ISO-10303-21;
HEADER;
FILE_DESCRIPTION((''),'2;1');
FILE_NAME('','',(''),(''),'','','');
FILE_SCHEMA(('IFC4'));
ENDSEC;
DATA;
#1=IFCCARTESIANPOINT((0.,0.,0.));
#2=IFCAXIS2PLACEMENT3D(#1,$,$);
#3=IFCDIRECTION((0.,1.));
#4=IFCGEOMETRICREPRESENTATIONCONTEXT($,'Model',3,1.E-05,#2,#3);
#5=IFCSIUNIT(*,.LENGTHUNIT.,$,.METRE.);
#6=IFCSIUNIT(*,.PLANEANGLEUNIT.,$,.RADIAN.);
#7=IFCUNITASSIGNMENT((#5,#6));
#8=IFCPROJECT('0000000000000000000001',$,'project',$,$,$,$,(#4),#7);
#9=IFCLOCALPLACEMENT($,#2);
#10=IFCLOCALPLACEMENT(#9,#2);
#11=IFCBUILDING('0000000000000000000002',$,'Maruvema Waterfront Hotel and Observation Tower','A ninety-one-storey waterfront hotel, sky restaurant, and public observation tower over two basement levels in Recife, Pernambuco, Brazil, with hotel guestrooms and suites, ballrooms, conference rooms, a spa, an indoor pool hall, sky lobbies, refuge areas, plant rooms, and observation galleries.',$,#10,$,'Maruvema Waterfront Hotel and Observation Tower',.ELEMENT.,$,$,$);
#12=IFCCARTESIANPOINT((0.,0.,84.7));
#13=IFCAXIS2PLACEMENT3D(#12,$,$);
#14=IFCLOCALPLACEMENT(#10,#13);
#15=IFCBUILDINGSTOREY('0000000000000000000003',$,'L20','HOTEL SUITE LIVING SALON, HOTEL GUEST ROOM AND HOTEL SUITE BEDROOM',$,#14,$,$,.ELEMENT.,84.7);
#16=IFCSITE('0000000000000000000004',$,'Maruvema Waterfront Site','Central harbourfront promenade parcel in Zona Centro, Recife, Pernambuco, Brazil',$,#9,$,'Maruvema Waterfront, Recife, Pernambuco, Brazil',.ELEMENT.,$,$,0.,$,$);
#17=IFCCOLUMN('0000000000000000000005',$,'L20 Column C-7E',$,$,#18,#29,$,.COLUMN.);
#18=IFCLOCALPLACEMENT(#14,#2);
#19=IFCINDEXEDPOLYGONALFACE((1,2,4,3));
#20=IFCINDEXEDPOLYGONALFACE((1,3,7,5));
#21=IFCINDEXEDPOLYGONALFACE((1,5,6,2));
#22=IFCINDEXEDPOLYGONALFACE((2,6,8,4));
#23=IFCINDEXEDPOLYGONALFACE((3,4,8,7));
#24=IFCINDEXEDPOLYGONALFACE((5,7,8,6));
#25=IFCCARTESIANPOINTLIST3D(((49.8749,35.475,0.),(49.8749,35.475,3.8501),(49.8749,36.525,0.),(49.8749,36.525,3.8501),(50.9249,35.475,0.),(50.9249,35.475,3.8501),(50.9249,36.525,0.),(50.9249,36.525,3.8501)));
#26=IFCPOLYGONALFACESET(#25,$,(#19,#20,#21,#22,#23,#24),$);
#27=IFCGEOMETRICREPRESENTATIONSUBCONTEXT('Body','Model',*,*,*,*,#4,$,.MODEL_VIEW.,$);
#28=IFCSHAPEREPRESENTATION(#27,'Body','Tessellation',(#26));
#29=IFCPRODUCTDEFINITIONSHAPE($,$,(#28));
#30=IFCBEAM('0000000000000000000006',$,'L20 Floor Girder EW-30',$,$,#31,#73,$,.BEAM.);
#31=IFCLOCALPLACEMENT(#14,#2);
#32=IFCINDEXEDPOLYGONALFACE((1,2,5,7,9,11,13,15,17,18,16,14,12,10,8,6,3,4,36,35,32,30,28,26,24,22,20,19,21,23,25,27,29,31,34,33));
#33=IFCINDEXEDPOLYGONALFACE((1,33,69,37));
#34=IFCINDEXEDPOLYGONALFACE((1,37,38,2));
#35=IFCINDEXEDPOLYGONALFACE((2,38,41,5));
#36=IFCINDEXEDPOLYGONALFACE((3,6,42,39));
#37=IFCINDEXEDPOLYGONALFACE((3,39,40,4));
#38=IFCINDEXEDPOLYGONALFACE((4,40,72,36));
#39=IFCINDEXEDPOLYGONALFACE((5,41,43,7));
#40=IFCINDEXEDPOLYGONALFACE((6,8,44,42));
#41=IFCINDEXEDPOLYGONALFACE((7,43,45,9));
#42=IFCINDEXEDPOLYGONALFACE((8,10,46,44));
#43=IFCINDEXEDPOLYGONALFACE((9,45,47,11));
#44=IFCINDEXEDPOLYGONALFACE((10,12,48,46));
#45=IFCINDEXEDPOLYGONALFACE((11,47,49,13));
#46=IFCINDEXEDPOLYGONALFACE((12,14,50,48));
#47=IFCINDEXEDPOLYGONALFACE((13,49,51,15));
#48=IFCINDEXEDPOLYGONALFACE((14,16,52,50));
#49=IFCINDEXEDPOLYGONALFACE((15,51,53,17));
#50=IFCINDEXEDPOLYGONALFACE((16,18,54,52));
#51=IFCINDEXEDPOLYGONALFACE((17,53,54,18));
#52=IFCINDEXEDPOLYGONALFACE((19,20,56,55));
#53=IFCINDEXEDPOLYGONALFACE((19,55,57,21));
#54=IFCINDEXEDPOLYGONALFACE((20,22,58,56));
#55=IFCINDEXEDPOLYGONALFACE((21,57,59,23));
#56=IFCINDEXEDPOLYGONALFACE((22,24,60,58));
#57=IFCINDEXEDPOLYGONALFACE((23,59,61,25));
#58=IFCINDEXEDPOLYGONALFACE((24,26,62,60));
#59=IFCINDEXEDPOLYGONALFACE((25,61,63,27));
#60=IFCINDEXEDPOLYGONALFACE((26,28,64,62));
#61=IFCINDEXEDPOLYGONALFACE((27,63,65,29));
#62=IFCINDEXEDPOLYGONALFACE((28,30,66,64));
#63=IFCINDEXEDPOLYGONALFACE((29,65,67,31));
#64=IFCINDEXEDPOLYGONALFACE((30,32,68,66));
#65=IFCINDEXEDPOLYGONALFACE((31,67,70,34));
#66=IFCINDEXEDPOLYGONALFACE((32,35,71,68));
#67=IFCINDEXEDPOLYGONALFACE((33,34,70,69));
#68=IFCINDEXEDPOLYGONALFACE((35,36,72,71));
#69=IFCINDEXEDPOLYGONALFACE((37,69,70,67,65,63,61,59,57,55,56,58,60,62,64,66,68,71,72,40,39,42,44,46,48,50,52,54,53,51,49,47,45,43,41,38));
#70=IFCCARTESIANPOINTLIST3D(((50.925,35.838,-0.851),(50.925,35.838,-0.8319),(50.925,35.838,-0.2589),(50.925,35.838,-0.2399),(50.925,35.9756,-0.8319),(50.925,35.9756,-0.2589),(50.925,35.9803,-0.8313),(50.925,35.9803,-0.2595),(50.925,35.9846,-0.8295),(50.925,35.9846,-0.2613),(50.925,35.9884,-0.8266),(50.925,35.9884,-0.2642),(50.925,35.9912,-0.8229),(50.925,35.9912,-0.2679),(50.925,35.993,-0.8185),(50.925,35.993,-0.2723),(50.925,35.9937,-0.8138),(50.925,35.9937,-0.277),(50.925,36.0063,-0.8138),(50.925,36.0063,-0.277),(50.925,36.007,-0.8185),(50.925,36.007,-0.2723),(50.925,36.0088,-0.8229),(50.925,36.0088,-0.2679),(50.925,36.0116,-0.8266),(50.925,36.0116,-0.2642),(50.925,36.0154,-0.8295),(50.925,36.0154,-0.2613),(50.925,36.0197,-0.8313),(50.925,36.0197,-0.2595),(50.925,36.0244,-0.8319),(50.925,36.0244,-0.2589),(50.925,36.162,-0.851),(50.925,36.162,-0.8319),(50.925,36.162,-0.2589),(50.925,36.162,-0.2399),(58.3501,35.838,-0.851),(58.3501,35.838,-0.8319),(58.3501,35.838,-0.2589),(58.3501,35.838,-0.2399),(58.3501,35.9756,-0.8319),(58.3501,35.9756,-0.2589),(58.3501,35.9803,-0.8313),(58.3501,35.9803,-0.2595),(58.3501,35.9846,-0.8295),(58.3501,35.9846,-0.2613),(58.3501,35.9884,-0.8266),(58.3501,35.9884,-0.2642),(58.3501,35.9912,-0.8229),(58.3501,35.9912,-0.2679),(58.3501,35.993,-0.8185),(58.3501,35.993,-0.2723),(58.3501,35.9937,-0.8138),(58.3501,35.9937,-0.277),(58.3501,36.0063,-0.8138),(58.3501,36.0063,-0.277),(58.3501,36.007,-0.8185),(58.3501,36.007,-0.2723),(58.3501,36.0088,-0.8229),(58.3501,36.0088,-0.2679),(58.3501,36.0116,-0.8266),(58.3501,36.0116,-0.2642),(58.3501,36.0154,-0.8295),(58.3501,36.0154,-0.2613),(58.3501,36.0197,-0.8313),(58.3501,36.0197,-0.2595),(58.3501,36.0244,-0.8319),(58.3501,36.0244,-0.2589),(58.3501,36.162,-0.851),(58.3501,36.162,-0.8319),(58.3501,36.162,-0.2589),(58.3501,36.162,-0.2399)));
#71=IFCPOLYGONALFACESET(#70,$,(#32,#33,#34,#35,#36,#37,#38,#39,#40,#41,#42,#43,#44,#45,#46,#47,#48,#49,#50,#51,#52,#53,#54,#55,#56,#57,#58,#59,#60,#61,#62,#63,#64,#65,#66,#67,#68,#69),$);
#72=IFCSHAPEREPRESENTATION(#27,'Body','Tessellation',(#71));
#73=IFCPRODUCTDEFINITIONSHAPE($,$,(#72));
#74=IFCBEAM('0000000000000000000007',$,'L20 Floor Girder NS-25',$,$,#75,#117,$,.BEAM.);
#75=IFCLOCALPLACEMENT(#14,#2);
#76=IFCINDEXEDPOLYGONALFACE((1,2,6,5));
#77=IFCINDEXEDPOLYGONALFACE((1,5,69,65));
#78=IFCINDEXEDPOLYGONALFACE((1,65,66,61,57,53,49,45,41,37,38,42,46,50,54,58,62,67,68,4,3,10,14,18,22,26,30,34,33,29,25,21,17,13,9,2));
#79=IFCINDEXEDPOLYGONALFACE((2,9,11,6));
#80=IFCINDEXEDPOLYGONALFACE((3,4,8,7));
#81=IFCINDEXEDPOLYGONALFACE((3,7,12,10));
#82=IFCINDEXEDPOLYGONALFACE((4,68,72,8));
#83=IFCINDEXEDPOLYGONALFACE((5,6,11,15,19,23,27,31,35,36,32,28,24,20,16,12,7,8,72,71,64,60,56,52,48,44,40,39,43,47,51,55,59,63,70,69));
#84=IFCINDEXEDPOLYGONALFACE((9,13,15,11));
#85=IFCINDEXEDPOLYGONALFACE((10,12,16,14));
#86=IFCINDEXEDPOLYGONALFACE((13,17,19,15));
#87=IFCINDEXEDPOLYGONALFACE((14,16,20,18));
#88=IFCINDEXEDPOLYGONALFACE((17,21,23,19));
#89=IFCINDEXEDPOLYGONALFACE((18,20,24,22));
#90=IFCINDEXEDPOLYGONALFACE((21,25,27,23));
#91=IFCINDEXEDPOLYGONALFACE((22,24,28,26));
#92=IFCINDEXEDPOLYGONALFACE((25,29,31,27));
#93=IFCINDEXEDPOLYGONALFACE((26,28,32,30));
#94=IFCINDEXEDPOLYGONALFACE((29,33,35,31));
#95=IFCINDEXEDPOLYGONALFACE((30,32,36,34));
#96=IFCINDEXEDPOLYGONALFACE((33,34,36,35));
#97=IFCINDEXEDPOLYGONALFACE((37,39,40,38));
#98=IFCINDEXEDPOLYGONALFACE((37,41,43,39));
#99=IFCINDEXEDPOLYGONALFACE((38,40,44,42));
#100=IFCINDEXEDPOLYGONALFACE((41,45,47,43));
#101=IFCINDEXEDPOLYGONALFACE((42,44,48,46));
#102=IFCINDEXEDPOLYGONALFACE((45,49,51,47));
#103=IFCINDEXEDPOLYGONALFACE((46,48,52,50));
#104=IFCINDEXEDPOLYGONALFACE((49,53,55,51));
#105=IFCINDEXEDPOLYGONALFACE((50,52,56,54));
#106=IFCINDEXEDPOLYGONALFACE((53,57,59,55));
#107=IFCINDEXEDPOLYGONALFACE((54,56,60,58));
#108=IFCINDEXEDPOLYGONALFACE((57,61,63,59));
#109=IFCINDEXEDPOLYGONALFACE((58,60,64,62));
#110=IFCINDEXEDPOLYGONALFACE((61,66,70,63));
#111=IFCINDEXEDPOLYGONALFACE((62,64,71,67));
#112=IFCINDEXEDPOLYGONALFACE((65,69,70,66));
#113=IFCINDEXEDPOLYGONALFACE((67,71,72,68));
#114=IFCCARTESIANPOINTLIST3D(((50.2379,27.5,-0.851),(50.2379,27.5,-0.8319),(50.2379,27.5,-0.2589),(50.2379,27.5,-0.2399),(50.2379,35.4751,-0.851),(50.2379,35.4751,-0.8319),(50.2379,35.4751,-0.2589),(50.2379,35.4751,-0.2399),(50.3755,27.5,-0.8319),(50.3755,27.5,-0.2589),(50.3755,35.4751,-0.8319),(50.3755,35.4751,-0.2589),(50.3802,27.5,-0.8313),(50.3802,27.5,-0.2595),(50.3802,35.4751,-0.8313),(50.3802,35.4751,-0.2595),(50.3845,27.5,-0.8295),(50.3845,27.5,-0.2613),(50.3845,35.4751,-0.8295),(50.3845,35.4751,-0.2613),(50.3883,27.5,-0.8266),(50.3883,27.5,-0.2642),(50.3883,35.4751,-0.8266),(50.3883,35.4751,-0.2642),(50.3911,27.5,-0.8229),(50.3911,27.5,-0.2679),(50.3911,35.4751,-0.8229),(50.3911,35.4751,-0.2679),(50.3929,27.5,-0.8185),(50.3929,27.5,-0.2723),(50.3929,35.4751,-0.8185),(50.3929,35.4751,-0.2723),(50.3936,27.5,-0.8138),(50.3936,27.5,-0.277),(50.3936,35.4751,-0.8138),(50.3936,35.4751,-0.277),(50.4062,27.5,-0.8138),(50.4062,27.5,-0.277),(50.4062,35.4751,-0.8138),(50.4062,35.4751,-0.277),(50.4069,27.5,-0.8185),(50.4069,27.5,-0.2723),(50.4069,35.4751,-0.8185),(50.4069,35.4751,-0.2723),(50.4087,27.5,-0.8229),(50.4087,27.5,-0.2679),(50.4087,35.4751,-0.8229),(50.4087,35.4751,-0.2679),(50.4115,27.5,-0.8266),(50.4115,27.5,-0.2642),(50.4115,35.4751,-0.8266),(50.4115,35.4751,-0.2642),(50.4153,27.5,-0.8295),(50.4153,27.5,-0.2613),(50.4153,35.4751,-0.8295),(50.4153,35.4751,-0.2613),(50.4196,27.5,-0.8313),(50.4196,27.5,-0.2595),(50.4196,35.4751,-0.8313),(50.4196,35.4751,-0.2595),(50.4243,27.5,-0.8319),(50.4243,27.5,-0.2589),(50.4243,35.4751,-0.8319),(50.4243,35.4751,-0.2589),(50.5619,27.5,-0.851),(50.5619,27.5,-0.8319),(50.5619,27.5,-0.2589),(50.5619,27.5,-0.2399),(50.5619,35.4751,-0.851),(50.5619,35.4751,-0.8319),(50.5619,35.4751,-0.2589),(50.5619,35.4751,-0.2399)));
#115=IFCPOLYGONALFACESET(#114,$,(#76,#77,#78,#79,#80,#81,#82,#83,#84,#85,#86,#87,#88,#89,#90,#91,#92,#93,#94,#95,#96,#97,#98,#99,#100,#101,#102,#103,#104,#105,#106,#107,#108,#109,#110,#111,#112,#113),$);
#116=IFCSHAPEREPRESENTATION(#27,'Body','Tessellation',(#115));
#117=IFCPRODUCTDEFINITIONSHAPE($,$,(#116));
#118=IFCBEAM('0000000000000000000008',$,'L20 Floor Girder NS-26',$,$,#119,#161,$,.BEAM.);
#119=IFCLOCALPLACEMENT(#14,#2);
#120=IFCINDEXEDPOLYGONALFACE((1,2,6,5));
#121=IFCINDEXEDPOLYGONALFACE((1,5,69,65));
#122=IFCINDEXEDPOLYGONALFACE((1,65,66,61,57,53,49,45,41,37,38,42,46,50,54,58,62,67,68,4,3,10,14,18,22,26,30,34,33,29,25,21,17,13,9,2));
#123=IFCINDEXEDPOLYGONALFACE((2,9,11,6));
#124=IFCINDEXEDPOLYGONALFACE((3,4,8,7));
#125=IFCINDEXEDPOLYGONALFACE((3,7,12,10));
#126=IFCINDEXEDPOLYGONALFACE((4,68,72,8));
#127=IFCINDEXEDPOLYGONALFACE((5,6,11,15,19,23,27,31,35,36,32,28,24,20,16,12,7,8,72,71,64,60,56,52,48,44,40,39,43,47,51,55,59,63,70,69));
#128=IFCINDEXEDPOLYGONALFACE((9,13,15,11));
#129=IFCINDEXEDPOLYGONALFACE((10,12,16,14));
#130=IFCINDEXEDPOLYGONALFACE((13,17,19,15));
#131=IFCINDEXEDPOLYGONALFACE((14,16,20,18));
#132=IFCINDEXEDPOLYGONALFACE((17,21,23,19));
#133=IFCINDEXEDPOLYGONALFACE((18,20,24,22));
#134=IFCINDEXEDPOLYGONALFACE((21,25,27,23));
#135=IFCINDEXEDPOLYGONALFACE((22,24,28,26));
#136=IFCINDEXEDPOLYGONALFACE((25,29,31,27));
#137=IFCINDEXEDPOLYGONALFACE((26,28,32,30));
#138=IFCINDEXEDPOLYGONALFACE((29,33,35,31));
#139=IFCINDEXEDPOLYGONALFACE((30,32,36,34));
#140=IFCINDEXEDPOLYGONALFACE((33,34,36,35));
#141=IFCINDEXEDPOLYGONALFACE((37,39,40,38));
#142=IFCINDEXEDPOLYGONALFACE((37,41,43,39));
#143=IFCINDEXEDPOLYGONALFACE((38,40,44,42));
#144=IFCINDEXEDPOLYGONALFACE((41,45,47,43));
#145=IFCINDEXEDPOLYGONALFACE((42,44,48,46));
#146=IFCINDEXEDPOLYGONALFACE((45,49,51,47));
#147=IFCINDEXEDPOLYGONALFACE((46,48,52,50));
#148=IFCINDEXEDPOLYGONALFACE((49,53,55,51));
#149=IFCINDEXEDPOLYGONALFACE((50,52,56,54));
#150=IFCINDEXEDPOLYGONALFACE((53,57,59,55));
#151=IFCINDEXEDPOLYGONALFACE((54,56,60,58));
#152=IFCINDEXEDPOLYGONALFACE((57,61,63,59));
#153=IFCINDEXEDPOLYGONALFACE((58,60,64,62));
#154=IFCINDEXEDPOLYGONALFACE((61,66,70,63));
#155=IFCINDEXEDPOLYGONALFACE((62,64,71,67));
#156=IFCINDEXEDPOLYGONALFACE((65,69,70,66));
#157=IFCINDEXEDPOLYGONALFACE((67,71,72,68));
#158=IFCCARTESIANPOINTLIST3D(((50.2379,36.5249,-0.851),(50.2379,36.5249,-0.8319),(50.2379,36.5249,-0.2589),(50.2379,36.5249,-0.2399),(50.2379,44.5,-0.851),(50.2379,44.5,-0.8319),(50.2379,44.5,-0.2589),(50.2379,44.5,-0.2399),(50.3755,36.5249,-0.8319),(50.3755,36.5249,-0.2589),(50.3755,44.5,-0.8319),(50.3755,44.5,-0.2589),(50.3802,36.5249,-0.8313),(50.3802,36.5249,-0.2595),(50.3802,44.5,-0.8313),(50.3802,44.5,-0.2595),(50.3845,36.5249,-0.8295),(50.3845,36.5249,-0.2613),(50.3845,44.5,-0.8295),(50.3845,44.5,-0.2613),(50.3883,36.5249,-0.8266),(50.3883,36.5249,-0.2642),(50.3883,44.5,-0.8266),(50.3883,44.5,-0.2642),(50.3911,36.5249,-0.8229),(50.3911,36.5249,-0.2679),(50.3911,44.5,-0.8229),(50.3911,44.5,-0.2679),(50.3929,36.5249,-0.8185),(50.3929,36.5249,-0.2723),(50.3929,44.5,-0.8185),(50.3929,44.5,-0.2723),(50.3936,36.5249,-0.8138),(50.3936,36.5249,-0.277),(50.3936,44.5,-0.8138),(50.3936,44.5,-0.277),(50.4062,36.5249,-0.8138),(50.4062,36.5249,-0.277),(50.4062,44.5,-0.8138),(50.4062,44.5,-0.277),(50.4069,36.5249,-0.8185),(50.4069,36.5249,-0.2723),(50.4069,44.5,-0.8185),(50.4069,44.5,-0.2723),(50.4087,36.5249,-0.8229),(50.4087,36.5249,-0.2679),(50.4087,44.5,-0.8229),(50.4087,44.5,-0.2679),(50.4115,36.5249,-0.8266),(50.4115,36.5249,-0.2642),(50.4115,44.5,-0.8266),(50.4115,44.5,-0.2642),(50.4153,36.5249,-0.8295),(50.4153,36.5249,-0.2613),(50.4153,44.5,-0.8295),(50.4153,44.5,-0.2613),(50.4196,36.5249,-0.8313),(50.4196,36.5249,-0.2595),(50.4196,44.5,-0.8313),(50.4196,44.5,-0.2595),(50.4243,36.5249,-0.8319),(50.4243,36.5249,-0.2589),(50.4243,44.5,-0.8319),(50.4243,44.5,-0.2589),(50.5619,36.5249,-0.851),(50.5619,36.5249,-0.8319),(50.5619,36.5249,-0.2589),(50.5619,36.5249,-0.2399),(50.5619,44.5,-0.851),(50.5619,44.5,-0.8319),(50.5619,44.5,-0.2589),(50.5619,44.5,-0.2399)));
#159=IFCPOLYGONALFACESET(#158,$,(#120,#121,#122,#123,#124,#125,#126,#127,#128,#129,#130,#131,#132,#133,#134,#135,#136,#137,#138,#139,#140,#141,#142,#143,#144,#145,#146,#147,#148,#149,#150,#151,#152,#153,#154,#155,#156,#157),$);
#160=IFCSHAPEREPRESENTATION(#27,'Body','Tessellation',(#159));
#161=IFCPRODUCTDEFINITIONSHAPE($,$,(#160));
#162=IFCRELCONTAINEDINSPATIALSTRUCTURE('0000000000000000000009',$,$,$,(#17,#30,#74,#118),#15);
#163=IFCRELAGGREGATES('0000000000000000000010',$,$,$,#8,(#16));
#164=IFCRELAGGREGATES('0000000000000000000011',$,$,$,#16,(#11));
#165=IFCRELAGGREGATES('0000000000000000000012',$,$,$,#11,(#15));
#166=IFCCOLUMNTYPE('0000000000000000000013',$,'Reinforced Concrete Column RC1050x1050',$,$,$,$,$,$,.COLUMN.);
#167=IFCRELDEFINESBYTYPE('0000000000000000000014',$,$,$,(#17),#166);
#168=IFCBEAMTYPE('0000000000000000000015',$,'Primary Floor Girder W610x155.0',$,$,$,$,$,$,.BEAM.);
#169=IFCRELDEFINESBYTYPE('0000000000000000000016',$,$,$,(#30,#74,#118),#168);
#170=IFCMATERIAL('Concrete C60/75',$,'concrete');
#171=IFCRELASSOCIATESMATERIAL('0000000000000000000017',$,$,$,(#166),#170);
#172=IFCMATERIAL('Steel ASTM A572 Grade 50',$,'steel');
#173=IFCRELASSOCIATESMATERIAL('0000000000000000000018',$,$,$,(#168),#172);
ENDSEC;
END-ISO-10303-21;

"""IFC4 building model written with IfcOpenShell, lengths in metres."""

from ifc_helpers import new_model, si_unit, direction, frame, origin, origin_2d, place, context, subcontext, project, spatial, rectangle, i_section, extrude, material, material_profile, profile_set, type_object, element, save


model = new_model("IFC4")

# Units and contexts
model_context = context("Model", 3, precision=1e-05, world=origin(), true_north=direction((0.0, 1.0)))
body_context = subcontext(model_context, "Body", "Model", "MODEL_VIEW")
ifc_project = project(units=[si_unit("LENGTHUNIT", "METRE"), si_unit("PLANEANGLEUNIT", "RADIAN")], contexts=[model_context])

# Site, building, storey
site_placement = place(None, origin())
site = spatial("IfcSite", under=ifc_project, at=site_placement, Name="Maruvema Waterfront Site", Description="Central harbourfront promenade parcel in Zona Centro, Recife, Pernambuco, Brazil", LongName="Maruvema Waterfront, Recife, Pernambuco, Brazil", CompositionType="ELEMENT", RefElevation=0.0)
building_placement = place(site_placement, origin())
building = spatial("IfcBuilding", under=site, at=building_placement, Name="Maruvema Waterfront Hotel and Observation Tower", Description="A ninety-one-storey waterfront hotel, sky restaurant, and public observation tower over two basement levels in Recife, Pernambuco, Brazil, with hotel guestrooms and suites, ballrooms, conference rooms, a spa, an indoor pool hall, sky lobbies, refuge areas, plant rooms, and observation galleries.", LongName="Maruvema Waterfront Hotel and Observation Tower", CompositionType="ELEMENT")
storey_placement = place(building_placement, frame((0.0, 0.0, 84.7)))
storey = spatial("IfcBuildingStorey", under=building, at=storey_placement, Name="L20", Description="HOTEL SUITE LIVING SALON, HOTEL GUEST ROOM AND HOTEL SUITE BEDROOM", CompositionType="ELEMENT", Elevation=84.7)

# Column
ifc_material_1 = material(Name="Concrete C60/75", Category="concrete")
ifc_material_profile_1 = material_profile(ifc_material_1, rectangle(XDim=1.05, YDim=1.05, at=origin_2d()), Name="RC1050x1050")
ifc_profile_set_1 = profile_set([ifc_material_profile_1], Name="Concrete C60/75")
column_type = type_object("IfcColumnType", Name="Reinforced Concrete Column RC1050x1050", PredefinedType="COLUMN", material=ifc_profile_set_1)
column_placement = place(storey_placement, frame((50.3999, 36.0, 0.0), z_axis=(0.0, 0.0, 1.0), x_axis=(1.0, 0.0, 0.0)))
element("IfcColumn", 1, at=column_placement, inside=storey, type_object=column_type, Name="L20 Column C-7E", PredefinedType="COLUMN", context=body_context, shape_type="SweptSolid", body=[
    extrude(rectangle(XDim=1.05, YDim=1.05, at=origin_2d()), origin(), (0.0, 0.0, 1.0), 3.8501),
])

# Beams
ifc_material_2 = material(Name="Steel ASTM A572 Grade 50", Category="steel")
ifc_material_profile_2 = material_profile(ifc_material_2, i_section(OverallWidth=0.324, OverallDepth=0.6111, WebThickness=0.0127, FlangeThickness=0.019, FilletRadius=0.0181, at=origin_2d()), Name="W610x155.0")
ifc_profile_set_2 = profile_set([ifc_material_profile_2], Name="Steel ASTM A572 Grade 50")
beam_type_1 = type_object("IfcBeamType", Name="Primary Floor Girder W610x155.0", PredefinedType="BEAM", material=ifc_profile_set_2)
beam_1_placement = place(storey_placement, frame((50.925, 36.0, -0.5454), z_axis=(1.0, 0.0, 0.0), x_axis=(0.0, 1.0, 0.0)))
element("IfcBeam", 2, at=beam_1_placement, inside=storey, type_object=beam_type_1, Name="L20 Floor Girder EW-30", PredefinedType="BEAM", context=body_context, shape_type="SweptSolid", body=[
    extrude(i_section(OverallWidth=0.324, OverallDepth=0.6111, WebThickness=0.0127, FlangeThickness=0.019, FilletRadius=0.0181, at=origin_2d()), origin(), (0.0, 0.0, 1.0), 7.425),
])
for number, where, z_axis, x_axis, name in (
    (3, (50.3999, 27.5, -0.5454), (0.0, 1.0, 0.0), (-1.0, 0.0, 0.0), "L20 Floor Girder NS-25"),
    (4, (50.3999, 36.5249, -0.5454), (0.0, 1.0, 0.0), (-1.0, 0.0, 0.0), "L20 Floor Girder NS-26"),
):
    element("IfcBeam", number, at=place(storey_placement, frame(where, z_axis=z_axis, x_axis=x_axis)), inside=storey, type_object=beam_type_1, Name=name, PredefinedType="BEAM", context=body_context, shape_type="SweptSolid", body=[
        extrude(i_section(OverallWidth=0.324, OverallDepth=0.6111, WebThickness=0.0127, FlangeThickness=0.019, FilletRadius=0.0181, at=origin_2d()), origin(), (0.0, 0.0, 1.0), 7.9751),
    ])

save(model, "model.ifc")
